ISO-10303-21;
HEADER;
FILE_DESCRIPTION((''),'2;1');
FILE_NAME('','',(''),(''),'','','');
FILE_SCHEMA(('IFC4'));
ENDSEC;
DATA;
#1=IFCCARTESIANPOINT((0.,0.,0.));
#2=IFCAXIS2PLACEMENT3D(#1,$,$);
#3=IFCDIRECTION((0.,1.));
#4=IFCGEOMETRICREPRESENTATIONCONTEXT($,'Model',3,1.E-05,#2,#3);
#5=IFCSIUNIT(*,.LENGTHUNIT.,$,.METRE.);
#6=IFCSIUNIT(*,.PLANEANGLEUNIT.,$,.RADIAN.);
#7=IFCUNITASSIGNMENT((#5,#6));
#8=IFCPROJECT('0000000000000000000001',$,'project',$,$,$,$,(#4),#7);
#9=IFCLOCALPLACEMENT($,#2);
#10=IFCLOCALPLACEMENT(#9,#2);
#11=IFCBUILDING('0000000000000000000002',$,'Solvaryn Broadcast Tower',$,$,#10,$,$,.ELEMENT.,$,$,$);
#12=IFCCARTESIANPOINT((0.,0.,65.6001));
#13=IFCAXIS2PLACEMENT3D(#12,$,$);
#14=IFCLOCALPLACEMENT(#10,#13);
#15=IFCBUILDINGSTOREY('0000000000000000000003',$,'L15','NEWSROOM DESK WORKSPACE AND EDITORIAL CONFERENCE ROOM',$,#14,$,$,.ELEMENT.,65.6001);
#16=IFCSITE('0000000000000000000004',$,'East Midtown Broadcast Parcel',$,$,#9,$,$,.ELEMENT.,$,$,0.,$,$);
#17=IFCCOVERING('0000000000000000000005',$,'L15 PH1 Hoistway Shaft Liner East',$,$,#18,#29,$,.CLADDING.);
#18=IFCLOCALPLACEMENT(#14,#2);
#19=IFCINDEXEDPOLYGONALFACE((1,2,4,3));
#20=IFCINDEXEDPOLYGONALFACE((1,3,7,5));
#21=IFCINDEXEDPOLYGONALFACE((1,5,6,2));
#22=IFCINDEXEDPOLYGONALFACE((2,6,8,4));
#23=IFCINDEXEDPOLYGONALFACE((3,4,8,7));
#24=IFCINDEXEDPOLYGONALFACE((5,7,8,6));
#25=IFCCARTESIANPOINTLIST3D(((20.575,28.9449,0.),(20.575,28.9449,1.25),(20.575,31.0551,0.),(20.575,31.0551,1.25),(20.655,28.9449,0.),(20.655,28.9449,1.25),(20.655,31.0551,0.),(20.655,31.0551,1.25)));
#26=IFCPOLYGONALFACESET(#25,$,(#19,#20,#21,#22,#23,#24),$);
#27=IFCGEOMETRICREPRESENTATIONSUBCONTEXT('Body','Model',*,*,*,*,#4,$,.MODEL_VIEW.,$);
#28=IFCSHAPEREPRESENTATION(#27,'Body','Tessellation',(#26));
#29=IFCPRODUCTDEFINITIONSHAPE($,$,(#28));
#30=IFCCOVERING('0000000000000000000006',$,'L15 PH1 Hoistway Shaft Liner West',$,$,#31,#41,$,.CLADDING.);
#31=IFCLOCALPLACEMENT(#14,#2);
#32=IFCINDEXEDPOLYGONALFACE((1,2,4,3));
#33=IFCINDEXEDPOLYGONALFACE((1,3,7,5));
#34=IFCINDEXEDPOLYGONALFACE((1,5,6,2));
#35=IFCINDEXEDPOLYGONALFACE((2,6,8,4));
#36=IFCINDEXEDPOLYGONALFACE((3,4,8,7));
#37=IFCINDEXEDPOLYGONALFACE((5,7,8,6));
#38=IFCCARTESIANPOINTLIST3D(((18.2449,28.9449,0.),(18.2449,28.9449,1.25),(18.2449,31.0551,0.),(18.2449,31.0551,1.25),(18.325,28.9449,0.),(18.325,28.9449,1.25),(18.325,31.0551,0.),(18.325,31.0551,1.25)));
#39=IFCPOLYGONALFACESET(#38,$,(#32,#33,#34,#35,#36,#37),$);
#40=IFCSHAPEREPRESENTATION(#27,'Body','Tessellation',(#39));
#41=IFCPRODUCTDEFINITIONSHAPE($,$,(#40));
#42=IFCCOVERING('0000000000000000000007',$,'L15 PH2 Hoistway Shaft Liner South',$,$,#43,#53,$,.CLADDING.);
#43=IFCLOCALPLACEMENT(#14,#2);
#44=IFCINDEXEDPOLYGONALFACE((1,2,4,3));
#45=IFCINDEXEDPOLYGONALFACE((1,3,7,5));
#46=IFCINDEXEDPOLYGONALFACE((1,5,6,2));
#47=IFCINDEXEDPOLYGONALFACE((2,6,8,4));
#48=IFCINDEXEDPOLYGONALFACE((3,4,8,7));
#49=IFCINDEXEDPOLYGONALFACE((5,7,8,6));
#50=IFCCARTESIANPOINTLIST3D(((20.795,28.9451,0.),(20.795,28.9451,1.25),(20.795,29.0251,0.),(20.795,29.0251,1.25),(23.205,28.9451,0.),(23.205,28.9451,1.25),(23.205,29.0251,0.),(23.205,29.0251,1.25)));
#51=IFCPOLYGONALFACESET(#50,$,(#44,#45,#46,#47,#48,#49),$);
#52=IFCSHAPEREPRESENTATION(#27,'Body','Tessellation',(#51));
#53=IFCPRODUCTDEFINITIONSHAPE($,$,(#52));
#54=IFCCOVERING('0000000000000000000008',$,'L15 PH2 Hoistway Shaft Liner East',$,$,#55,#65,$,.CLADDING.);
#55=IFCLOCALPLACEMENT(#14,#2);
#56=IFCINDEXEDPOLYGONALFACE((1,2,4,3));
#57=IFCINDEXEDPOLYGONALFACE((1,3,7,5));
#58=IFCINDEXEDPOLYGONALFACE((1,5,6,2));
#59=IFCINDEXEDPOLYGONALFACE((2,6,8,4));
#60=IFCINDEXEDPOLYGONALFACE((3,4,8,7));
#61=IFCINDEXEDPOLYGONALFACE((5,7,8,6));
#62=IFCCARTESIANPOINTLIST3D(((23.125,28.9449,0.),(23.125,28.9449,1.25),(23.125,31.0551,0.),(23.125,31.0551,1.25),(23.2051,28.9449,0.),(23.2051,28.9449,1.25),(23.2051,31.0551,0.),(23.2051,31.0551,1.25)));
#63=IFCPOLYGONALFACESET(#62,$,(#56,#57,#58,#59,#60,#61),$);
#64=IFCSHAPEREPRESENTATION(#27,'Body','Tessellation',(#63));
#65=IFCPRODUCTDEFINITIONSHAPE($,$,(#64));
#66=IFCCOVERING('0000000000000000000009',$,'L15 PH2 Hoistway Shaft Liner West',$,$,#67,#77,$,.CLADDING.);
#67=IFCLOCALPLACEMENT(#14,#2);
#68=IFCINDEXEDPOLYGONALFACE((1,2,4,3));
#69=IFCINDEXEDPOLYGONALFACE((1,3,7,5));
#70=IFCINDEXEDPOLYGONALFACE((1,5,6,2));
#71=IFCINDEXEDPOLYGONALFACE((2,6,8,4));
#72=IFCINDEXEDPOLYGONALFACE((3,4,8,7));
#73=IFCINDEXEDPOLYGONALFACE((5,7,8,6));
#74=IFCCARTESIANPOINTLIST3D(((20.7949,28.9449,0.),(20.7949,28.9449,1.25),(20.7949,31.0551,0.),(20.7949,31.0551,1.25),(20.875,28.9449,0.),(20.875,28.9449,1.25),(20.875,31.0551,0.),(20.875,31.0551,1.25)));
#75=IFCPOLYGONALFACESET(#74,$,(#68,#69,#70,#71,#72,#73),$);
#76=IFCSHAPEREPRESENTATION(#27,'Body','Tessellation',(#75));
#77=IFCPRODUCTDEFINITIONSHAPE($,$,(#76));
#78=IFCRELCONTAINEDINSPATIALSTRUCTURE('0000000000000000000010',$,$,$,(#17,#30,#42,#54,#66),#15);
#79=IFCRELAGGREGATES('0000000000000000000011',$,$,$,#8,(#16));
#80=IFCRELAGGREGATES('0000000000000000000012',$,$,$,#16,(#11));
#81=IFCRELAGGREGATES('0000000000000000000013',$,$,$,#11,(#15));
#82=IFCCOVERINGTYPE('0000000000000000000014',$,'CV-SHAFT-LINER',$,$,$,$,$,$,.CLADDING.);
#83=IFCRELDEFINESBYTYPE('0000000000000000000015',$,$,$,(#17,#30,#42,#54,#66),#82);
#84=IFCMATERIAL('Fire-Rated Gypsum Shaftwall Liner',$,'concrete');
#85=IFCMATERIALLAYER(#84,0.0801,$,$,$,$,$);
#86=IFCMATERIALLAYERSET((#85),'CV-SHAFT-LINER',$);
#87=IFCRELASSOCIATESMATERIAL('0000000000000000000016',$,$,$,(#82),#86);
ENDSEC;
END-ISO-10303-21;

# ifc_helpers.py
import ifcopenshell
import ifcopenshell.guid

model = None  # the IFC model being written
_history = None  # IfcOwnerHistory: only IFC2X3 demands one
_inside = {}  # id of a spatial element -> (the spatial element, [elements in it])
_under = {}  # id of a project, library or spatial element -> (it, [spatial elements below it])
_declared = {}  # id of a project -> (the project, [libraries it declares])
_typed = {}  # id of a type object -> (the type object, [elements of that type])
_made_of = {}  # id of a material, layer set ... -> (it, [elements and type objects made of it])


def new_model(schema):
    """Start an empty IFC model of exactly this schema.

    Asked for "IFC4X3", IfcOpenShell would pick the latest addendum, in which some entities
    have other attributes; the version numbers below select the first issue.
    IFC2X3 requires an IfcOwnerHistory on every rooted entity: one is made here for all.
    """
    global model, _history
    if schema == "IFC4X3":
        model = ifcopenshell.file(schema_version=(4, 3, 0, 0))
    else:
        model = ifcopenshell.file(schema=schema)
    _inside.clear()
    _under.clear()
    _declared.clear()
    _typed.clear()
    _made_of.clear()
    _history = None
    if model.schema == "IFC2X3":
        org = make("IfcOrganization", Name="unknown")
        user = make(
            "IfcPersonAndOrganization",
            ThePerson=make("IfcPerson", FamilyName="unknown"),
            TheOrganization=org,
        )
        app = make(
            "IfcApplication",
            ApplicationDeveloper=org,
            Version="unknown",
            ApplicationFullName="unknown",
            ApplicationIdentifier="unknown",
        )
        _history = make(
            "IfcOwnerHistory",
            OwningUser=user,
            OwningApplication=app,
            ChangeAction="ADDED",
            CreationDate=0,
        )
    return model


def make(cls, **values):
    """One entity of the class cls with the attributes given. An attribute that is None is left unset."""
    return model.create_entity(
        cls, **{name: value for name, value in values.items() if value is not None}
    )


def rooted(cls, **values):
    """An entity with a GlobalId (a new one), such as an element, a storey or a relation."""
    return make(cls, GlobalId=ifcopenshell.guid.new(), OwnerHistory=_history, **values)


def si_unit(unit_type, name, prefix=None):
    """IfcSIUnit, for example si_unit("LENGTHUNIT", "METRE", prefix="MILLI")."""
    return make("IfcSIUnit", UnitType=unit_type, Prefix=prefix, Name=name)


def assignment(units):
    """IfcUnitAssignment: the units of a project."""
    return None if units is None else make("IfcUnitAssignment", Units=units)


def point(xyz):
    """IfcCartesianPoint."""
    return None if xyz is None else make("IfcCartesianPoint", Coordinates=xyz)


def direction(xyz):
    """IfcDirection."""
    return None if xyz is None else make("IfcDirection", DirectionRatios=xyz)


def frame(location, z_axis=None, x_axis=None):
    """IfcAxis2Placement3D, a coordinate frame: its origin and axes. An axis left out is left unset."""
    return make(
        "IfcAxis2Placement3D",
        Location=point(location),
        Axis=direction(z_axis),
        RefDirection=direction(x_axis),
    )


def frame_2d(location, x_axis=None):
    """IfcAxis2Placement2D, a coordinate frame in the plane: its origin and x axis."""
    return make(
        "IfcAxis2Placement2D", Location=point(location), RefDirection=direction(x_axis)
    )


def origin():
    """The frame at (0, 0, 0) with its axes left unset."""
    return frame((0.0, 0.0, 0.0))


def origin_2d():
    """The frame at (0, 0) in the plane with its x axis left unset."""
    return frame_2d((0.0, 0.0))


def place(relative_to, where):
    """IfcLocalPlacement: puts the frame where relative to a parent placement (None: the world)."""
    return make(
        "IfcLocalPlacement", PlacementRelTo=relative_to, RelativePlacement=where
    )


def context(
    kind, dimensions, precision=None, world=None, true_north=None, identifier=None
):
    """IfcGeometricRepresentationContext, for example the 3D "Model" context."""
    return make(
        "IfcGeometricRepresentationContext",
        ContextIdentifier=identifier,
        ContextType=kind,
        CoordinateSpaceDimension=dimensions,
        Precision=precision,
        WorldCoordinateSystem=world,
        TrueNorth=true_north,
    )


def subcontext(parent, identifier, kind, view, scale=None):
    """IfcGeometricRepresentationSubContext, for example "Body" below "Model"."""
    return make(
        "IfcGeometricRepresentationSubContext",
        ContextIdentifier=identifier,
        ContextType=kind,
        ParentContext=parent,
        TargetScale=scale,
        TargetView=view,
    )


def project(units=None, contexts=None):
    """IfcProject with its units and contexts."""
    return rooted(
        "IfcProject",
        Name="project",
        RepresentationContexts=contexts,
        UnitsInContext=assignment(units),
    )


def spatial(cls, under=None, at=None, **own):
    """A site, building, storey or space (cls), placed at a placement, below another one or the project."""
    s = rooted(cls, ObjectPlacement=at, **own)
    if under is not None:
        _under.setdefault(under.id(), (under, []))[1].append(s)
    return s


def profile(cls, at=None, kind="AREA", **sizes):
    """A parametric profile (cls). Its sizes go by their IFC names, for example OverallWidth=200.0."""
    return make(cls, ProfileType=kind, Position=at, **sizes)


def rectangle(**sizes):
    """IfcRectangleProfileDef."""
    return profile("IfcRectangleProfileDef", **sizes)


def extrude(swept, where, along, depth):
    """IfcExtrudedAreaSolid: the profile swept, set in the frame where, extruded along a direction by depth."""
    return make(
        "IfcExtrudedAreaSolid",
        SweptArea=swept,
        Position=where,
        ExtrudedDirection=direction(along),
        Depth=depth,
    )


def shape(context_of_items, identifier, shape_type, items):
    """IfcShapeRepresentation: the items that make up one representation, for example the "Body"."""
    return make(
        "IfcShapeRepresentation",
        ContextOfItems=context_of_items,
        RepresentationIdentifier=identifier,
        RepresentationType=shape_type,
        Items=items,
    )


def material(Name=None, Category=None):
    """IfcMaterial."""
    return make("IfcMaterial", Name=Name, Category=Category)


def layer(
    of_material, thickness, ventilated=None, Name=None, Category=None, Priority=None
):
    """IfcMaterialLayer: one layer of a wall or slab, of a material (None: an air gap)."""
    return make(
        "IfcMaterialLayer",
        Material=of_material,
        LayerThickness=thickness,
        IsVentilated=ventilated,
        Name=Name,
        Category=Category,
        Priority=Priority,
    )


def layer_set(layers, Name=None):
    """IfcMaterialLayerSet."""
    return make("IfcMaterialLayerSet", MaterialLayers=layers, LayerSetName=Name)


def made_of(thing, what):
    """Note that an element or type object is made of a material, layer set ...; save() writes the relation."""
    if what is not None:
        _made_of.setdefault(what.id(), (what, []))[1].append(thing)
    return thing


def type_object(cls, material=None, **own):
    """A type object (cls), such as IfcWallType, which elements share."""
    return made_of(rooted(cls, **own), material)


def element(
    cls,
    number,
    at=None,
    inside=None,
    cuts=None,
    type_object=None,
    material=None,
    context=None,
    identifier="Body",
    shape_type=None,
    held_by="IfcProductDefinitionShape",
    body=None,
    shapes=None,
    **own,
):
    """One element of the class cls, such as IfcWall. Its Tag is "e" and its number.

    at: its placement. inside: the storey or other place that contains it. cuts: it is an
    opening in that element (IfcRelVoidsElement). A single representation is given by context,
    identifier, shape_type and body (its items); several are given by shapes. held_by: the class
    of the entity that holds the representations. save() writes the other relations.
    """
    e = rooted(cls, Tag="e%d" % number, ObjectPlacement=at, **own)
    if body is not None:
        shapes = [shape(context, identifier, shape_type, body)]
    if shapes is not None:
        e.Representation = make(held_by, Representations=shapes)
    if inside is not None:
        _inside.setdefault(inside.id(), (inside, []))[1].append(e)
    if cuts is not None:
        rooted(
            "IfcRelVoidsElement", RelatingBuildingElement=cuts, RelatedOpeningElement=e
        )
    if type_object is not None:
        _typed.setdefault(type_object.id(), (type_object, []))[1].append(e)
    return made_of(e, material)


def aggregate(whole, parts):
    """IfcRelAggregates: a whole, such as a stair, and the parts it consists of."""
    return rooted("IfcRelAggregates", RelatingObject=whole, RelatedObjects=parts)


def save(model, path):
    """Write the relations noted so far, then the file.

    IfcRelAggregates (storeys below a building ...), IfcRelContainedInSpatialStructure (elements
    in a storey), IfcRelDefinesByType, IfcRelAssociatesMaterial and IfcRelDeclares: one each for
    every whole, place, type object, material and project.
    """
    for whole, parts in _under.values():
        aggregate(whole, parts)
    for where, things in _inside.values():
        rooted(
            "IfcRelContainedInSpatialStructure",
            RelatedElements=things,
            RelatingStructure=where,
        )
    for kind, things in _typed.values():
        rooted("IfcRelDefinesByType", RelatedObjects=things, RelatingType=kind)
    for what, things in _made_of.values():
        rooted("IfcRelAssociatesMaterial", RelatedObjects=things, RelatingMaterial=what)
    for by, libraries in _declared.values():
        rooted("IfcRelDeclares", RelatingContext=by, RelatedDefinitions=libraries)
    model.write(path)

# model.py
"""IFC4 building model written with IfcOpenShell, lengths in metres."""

from ifc_helpers import new_model, si_unit, direction, frame, origin, origin_2d, place, context, subcontext, project, spatial, rectangle, extrude, material, layer, layer_set, type_object, element, save


model = new_model("IFC4")

# Units and contexts
model_context = context("Model", 3, precision=1e-05, world=origin(), true_north=direction((0.0, 1.0)))
body_context = subcontext(model_context, "Body", "Model", "MODEL_VIEW")
ifc_project = project(units=[si_unit("LENGTHUNIT", "METRE"), si_unit("PLANEANGLEUNIT", "RADIAN")], contexts=[model_context])

# Site, building, storey
site_placement = place(None, origin())
site = spatial("IfcSite", under=ifc_project, at=site_placement, Name="East Midtown Broadcast Parcel", CompositionType="ELEMENT", RefElevation=0.0)
building_placement = place(site_placement, origin())
building = spatial("IfcBuilding", under=site, at=building_placement, Name="Solvaryn Broadcast Tower", CompositionType="ELEMENT")
storey_placement = place(building_placement, frame((0.0, 0.0, 65.6001)))
storey = spatial("IfcBuildingStorey", under=building, at=storey_placement, Name="L15", Description="NEWSROOM DESK WORKSPACE AND EDITORIAL CONFERENCE ROOM", CompositionType="ELEMENT", Elevation=65.6001)

# Coverings
ifc_material_1 = material(Name="Fire-Rated Gypsum Shaftwall Liner", Category="concrete")
ifc_layer_1 = layer(ifc_material_1, 0.0801)
ifc_layer_set_1 = layer_set([ifc_layer_1], Name="CV-SHAFT-LINER")
covering_type = type_object("IfcCoveringType", Name="CV-SHAFT-LINER", PredefinedType="CLADDING", material=ifc_layer_set_1)
for number, where, z_axis, x_axis, name in (
    (1, (20.615, 30.0, 0.0), (0.0, 0.0, 1.0), (1.0, 0.0, 0.0), "L15 PH1 Hoistway Shaft Liner East"),
    (2, (18.2849, 30.0, 0.0), (0.0, 0.0, 1.0), (1.0, 0.0, 0.0), "L15 PH1 Hoistway Shaft Liner West"),
):
    element("IfcCovering", number, at=place(storey_placement, frame(where, z_axis=z_axis, x_axis=x_axis)), inside=storey, type_object=covering_type, Name=name, PredefinedType="CLADDING", context=body_context, shape_type="SweptSolid", body=[
        extrude(rectangle(XDim=0.0801, YDim=2.1101, at=origin_2d()), origin(), (0.0, 0.0, 1.0), 1.25),
    ])
covering_placement = place(storey_placement, frame((22.0, 28.9851, 0.0), z_axis=(0.0, 0.0, 1.0), x_axis=(1.0, 0.0, 0.0)))
element("IfcCovering", 3, at=covering_placement, inside=storey, type_object=covering_type, Name="L15 PH2 Hoistway Shaft Liner South", PredefinedType="CLADDING", context=body_context, shape_type="SweptSolid", body=[
    extrude(rectangle(XDim=2.4099, YDim=0.0801, at=origin_2d()), origin(), (0.0, 0.0, 1.0), 1.25),
])
for number, where, z_axis, x_axis, name in (
    (4, (23.165, 30.0, 0.0), (0.0, 0.0, 1.0), (1.0, 0.0, 0.0), "L15 PH2 Hoistway Shaft Liner East"),
    (5, (20.835, 30.0, 0.0), (0.0, 0.0, 1.0), (1.0, 0.0, 0.0), "L15 PH2 Hoistway Shaft Liner West"),
):
    element("IfcCovering", number, at=place(storey_placement, frame(where, z_axis=z_axis, x_axis=x_axis)), inside=storey, type_object=covering_type, Name=name, PredefinedType="CLADDING", context=body_context, shape_type="SweptSolid", body=[
        extrude(rectangle(XDim=0.0801, YDim=2.1101, at=origin_2d()), origin(), (0.0, 0.0, 1.0), 1.25),
    ])

save(model, "model.ifc")
